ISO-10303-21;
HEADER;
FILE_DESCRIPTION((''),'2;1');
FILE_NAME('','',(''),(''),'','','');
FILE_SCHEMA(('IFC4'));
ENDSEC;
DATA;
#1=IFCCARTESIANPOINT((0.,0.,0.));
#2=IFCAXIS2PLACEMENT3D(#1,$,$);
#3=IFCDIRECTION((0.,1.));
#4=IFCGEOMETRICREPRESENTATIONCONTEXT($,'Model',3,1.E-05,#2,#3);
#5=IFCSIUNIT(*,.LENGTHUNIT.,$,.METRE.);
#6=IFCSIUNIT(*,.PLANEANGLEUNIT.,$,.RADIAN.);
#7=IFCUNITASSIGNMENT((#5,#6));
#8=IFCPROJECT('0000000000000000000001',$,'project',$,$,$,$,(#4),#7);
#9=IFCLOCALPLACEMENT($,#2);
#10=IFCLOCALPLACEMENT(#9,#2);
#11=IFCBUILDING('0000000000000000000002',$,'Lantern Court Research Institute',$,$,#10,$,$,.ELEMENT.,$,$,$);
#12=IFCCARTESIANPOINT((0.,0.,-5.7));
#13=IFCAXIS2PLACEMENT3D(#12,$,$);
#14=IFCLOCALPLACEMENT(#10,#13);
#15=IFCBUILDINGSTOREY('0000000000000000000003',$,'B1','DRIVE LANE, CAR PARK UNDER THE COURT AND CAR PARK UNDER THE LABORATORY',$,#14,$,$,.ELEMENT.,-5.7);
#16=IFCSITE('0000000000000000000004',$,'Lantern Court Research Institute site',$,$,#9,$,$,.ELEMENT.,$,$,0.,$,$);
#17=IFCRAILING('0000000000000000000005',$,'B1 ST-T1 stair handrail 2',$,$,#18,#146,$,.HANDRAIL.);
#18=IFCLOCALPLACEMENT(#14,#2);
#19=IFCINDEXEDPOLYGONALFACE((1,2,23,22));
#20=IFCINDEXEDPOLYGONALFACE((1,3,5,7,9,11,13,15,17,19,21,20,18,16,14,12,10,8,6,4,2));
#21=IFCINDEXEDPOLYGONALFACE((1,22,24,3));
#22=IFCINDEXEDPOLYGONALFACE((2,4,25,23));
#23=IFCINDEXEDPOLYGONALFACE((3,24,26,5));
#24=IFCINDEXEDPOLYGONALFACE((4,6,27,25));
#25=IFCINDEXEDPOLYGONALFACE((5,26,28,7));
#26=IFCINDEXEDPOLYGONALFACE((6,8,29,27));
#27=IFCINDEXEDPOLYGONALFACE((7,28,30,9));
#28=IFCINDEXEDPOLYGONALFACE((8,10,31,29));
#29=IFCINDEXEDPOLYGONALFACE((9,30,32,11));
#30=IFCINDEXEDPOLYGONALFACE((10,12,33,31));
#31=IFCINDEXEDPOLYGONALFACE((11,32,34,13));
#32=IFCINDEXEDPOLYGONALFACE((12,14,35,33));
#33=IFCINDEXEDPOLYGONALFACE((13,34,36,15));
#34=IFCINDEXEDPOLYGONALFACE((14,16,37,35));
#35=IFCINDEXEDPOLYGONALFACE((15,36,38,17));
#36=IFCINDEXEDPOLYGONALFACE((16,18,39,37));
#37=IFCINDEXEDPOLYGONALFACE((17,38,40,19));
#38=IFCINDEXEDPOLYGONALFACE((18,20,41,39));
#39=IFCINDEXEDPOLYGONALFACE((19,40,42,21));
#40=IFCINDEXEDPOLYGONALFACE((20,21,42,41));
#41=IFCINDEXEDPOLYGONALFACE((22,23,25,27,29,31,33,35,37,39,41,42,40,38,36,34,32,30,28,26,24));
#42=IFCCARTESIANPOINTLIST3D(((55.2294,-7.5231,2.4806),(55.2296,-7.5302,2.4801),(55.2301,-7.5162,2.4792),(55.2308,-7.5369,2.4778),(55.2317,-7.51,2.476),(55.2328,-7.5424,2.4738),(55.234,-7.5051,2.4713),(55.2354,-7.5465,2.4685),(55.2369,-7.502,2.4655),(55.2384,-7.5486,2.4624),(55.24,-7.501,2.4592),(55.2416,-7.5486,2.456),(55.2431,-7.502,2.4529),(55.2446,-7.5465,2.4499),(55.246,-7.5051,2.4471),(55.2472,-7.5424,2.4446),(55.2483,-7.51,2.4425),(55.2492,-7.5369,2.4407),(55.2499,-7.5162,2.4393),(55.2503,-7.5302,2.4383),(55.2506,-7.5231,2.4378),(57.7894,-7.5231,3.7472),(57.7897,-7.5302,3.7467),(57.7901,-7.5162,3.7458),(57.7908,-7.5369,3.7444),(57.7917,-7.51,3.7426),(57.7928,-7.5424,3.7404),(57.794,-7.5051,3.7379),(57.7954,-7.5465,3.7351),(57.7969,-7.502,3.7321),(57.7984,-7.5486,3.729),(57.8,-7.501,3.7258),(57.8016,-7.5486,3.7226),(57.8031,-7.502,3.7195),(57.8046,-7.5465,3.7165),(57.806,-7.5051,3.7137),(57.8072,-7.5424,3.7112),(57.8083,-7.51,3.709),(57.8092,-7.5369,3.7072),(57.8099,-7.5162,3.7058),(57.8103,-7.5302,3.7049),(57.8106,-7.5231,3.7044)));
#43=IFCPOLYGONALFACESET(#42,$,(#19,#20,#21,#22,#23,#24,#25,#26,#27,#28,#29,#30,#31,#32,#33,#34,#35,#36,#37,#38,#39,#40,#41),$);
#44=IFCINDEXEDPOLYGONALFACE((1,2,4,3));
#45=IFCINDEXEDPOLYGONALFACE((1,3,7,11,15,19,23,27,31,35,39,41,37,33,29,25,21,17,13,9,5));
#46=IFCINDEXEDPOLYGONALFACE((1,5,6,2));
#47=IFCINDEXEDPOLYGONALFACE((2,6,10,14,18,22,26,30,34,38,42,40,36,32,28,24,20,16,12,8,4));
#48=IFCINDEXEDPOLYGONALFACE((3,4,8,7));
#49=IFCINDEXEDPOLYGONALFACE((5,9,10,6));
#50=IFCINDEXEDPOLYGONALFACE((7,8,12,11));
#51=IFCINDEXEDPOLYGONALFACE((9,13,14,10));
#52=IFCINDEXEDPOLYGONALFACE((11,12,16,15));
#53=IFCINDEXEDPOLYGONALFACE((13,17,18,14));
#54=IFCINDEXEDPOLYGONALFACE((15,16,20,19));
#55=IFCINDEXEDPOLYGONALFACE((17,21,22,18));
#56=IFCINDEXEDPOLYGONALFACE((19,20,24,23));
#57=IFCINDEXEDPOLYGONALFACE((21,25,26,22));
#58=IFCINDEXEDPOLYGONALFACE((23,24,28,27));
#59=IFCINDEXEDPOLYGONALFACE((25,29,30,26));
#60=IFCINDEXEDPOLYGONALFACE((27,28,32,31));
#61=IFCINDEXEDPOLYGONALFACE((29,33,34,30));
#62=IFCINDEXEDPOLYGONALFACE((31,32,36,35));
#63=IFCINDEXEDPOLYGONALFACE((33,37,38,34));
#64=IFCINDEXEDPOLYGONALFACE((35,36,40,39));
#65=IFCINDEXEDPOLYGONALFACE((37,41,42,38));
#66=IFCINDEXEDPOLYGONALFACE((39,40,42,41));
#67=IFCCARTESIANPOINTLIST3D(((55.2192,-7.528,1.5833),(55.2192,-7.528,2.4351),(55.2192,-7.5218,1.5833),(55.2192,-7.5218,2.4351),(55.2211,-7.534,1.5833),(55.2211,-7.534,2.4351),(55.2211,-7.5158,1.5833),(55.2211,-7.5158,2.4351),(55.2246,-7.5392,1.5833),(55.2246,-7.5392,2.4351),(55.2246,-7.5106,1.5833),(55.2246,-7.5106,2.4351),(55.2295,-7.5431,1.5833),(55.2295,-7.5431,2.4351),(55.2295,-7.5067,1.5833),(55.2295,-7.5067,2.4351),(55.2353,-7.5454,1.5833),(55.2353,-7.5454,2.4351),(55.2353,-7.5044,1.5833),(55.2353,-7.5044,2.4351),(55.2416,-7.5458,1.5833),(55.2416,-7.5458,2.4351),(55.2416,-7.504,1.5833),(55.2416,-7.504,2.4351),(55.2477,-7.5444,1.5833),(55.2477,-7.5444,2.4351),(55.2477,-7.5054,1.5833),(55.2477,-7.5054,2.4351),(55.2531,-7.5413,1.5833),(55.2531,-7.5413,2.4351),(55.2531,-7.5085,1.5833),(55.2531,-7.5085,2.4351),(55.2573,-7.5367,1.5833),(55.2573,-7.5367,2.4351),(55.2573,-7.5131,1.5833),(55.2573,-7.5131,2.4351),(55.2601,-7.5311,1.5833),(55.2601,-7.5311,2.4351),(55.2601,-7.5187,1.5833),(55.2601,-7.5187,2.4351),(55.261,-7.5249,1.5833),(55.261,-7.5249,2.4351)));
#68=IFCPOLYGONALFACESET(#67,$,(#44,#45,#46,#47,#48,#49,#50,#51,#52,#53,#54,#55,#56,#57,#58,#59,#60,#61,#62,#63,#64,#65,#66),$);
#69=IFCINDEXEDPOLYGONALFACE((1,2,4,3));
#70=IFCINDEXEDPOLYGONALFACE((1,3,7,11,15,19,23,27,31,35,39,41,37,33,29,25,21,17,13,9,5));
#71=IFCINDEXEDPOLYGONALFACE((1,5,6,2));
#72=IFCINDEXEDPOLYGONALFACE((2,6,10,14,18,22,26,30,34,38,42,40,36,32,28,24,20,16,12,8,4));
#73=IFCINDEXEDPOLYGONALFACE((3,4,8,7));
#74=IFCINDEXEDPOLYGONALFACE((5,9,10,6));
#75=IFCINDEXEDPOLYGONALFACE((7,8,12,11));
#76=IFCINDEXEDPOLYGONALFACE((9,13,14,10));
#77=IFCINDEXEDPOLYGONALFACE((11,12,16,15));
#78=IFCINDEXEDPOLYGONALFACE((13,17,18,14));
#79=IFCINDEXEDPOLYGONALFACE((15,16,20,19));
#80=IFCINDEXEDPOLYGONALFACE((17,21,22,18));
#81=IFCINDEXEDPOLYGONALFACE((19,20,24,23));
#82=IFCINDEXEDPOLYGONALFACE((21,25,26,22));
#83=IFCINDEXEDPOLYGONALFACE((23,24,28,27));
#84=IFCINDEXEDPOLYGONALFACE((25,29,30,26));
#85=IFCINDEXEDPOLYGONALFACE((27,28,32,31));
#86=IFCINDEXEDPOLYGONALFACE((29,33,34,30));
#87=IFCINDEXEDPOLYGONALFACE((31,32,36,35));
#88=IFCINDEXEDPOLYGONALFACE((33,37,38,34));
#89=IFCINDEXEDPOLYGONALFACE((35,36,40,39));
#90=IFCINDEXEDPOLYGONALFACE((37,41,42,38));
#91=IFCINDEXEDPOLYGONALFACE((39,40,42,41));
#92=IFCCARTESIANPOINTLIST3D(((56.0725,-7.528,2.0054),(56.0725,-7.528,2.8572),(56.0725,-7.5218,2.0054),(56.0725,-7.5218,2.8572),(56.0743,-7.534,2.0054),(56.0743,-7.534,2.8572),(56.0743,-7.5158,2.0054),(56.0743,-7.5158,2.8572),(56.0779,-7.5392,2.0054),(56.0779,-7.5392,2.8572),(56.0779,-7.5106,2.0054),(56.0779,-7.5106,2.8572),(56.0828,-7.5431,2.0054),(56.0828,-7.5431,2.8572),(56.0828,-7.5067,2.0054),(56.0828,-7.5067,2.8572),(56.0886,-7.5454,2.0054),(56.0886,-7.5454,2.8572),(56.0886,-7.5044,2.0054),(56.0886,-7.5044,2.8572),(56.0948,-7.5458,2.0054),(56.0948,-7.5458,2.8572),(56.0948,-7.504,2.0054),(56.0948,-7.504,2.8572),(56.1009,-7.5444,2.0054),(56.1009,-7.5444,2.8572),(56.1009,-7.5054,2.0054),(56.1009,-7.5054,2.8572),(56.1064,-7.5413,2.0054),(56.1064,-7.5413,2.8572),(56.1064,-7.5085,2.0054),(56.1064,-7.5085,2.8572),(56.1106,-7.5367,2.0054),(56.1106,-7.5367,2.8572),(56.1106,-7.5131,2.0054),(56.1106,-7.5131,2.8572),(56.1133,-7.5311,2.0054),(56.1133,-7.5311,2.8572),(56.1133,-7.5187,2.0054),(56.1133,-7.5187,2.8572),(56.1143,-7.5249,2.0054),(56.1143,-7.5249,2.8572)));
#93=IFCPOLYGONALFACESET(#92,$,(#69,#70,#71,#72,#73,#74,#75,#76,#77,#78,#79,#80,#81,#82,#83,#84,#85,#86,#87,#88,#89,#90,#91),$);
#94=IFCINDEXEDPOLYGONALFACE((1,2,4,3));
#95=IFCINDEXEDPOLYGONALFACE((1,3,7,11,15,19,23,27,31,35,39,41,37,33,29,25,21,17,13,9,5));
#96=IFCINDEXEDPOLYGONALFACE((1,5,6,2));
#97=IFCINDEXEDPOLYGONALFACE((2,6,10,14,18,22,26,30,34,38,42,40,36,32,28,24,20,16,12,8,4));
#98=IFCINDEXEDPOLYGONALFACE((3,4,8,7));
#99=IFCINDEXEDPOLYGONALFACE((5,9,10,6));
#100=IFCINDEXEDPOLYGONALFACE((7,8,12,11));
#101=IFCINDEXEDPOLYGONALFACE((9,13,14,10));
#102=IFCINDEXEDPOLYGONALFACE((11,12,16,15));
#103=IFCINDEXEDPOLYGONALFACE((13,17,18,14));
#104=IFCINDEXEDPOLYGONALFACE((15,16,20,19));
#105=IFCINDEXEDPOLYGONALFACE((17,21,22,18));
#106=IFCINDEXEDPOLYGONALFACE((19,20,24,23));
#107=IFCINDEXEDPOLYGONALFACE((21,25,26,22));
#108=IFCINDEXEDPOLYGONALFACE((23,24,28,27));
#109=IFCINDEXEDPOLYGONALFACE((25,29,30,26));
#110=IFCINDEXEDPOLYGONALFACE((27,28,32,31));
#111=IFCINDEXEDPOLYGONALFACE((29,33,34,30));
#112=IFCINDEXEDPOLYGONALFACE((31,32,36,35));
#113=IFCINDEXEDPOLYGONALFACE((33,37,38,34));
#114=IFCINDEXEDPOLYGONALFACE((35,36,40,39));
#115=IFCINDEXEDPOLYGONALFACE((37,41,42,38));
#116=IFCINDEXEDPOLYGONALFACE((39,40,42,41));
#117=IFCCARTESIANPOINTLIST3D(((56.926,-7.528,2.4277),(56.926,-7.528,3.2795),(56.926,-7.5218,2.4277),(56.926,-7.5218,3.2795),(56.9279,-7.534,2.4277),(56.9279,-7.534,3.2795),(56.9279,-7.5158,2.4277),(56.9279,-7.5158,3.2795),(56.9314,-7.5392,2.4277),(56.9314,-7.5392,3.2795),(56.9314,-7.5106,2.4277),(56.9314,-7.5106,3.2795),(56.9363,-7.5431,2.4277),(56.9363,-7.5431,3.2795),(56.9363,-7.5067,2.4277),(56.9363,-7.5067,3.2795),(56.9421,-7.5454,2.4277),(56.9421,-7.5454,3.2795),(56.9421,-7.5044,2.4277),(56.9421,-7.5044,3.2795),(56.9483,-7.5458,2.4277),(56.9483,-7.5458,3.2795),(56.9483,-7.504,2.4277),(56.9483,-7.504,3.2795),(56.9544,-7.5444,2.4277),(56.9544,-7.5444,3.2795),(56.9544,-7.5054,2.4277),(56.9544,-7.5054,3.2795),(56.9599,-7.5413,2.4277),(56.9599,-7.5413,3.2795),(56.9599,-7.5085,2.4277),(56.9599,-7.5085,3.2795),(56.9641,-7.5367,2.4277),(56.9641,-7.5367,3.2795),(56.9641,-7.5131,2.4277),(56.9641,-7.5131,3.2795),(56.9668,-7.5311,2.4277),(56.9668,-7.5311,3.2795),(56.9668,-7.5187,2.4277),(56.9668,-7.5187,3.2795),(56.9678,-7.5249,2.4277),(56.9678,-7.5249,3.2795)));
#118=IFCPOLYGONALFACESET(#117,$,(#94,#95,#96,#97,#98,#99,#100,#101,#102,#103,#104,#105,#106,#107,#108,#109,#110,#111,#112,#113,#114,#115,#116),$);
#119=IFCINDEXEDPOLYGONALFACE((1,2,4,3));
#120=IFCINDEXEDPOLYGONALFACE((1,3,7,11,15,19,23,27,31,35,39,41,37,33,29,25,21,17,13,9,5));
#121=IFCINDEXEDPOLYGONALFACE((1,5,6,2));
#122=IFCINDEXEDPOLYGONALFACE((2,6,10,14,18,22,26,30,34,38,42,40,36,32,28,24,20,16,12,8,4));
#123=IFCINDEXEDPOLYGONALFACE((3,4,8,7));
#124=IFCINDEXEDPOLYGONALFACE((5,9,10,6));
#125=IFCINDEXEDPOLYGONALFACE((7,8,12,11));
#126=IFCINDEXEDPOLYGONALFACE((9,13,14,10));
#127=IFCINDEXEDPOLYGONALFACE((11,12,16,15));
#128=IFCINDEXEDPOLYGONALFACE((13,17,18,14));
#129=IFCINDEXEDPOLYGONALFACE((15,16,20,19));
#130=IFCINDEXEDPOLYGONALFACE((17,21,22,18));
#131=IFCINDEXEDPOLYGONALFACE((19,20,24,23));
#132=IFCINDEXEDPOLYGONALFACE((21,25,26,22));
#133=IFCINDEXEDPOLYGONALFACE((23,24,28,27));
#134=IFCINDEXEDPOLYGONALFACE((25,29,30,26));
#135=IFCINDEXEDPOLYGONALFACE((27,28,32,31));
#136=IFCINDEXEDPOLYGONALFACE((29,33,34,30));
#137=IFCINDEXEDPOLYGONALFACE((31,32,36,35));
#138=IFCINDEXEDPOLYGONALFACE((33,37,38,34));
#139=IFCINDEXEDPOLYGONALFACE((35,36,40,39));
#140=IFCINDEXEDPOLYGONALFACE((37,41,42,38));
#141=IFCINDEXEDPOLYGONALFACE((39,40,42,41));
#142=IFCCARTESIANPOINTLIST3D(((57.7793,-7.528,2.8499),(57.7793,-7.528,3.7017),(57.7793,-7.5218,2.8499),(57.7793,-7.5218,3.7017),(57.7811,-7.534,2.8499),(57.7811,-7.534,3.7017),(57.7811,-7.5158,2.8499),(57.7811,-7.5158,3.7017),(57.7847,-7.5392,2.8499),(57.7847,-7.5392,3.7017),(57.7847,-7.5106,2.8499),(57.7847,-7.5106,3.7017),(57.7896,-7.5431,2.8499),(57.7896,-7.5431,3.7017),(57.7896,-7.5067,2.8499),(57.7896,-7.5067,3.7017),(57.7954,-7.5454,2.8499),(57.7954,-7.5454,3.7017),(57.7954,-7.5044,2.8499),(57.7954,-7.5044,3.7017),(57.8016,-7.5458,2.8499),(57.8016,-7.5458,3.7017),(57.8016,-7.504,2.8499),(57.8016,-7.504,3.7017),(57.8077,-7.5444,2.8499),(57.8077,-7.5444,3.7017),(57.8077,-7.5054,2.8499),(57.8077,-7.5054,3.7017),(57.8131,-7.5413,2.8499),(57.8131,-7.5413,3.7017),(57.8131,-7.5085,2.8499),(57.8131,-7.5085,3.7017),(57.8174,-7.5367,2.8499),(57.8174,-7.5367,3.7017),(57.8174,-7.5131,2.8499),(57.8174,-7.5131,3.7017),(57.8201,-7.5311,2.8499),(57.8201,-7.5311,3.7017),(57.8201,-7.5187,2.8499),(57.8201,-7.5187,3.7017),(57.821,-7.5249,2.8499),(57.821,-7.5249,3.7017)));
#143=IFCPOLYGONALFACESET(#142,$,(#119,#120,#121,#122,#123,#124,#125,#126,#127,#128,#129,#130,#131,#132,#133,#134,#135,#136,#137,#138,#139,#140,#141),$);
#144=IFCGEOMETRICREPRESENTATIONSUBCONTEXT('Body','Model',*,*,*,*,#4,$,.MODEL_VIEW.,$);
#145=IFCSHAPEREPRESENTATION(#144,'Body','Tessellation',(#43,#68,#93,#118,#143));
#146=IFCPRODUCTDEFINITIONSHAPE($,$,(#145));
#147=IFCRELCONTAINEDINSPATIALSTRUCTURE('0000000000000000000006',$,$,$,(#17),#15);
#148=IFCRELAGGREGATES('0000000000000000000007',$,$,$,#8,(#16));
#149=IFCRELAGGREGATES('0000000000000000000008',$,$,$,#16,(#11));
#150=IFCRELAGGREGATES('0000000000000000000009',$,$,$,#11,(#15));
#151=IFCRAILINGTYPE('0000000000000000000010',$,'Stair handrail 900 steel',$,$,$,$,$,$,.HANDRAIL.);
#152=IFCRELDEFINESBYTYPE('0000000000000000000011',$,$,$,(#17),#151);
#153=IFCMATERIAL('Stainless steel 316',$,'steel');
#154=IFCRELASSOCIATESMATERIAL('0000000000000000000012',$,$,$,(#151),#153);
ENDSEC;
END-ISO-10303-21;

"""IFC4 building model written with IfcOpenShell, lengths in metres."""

from ifc_helpers import new_model, si_unit, direction, frame, origin, origin_2d, place, context, subcontext, project, spatial, circle, extrude, material, type_object, element, save


model = new_model("IFC4")

# Units and contexts
model_context = context("Model", 3, precision=1e-05, world=origin(), true_north=direction((0.0, 1.0)))
body_context = subcontext(model_context, "Body", "Model", "MODEL_VIEW")
ifc_project = project(units=[si_unit("LENGTHUNIT", "METRE"), si_unit("PLANEANGLEUNIT", "RADIAN")], contexts=[model_context])

# Site, building, storey
site_placement = place(None, origin())
site = spatial("IfcSite", under=ifc_project, at=site_placement, Name="Lantern Court Research Institute site", CompositionType="ELEMENT", RefElevation=0.0)
building_placement = place(site_placement, origin())
building = spatial("IfcBuilding", under=site, at=building_placement, Name="Lantern Court Research Institute", CompositionType="ELEMENT")
storey_placement = place(building_placement, frame((0.0, 0.0, -5.7)))
storey = spatial("IfcBuildingStorey", under=building, at=storey_placement, Name="B1", Description="DRIVE LANE, CAR PARK UNDER THE COURT AND CAR PARK UNDER THE LABORATORY", CompositionType="ELEMENT", Elevation=-5.7)

# Railing
ifc_material_1 = material(Name="Stainless steel 316", Category="steel")
railing_type_1 = type_object("IfcRailingType", Name="Stair handrail 900 steel", PredefinedType="HANDRAIL", material=ifc_material_1)
for number, where, name in (
    (1, (55.24, -7.5249, 1.5833), "B1 ST-T1 stair handrail 2"),
):
    element("IfcRailing", number, at=place(storey_placement, frame(where)), inside=storey, type_object=railing_type_1, Name=name, PredefinedType="HANDRAIL", context=body_context, shape_type="SweptSolid", body=[
        extrude(circle(Radius=0.0239, at=origin_2d()), frame((0.0, 0.0, 0.876), z_axis=(0.8963, 0.0, 0.443449), x_axis=(0.0, 1.0, 0.0)), (0.0, 0.0, 1.0), 2.8562),
        extrude(circle(Radius=0.021, at=origin_2d()), origin(), (0.0, 0.0, 1.0), 0.8518),
        extrude(circle(Radius=0.021, at=origin_2d()), frame((0.8533, 0.0, 0.4221)), (0.0, 0.0, 1.0), 0.8518),
        extrude(circle(Radius=0.021, at=origin_2d()), frame((1.7068, 0.0, 0.8445)), (0.0, 0.0, 1.0), 0.8518),
        extrude(circle(Radius=0.021, at=origin_2d()), frame((2.5601, 0.0, 1.2666)), (0.0, 0.0, 1.0), 0.8518),
    ])

save(model, "model.ifc")
